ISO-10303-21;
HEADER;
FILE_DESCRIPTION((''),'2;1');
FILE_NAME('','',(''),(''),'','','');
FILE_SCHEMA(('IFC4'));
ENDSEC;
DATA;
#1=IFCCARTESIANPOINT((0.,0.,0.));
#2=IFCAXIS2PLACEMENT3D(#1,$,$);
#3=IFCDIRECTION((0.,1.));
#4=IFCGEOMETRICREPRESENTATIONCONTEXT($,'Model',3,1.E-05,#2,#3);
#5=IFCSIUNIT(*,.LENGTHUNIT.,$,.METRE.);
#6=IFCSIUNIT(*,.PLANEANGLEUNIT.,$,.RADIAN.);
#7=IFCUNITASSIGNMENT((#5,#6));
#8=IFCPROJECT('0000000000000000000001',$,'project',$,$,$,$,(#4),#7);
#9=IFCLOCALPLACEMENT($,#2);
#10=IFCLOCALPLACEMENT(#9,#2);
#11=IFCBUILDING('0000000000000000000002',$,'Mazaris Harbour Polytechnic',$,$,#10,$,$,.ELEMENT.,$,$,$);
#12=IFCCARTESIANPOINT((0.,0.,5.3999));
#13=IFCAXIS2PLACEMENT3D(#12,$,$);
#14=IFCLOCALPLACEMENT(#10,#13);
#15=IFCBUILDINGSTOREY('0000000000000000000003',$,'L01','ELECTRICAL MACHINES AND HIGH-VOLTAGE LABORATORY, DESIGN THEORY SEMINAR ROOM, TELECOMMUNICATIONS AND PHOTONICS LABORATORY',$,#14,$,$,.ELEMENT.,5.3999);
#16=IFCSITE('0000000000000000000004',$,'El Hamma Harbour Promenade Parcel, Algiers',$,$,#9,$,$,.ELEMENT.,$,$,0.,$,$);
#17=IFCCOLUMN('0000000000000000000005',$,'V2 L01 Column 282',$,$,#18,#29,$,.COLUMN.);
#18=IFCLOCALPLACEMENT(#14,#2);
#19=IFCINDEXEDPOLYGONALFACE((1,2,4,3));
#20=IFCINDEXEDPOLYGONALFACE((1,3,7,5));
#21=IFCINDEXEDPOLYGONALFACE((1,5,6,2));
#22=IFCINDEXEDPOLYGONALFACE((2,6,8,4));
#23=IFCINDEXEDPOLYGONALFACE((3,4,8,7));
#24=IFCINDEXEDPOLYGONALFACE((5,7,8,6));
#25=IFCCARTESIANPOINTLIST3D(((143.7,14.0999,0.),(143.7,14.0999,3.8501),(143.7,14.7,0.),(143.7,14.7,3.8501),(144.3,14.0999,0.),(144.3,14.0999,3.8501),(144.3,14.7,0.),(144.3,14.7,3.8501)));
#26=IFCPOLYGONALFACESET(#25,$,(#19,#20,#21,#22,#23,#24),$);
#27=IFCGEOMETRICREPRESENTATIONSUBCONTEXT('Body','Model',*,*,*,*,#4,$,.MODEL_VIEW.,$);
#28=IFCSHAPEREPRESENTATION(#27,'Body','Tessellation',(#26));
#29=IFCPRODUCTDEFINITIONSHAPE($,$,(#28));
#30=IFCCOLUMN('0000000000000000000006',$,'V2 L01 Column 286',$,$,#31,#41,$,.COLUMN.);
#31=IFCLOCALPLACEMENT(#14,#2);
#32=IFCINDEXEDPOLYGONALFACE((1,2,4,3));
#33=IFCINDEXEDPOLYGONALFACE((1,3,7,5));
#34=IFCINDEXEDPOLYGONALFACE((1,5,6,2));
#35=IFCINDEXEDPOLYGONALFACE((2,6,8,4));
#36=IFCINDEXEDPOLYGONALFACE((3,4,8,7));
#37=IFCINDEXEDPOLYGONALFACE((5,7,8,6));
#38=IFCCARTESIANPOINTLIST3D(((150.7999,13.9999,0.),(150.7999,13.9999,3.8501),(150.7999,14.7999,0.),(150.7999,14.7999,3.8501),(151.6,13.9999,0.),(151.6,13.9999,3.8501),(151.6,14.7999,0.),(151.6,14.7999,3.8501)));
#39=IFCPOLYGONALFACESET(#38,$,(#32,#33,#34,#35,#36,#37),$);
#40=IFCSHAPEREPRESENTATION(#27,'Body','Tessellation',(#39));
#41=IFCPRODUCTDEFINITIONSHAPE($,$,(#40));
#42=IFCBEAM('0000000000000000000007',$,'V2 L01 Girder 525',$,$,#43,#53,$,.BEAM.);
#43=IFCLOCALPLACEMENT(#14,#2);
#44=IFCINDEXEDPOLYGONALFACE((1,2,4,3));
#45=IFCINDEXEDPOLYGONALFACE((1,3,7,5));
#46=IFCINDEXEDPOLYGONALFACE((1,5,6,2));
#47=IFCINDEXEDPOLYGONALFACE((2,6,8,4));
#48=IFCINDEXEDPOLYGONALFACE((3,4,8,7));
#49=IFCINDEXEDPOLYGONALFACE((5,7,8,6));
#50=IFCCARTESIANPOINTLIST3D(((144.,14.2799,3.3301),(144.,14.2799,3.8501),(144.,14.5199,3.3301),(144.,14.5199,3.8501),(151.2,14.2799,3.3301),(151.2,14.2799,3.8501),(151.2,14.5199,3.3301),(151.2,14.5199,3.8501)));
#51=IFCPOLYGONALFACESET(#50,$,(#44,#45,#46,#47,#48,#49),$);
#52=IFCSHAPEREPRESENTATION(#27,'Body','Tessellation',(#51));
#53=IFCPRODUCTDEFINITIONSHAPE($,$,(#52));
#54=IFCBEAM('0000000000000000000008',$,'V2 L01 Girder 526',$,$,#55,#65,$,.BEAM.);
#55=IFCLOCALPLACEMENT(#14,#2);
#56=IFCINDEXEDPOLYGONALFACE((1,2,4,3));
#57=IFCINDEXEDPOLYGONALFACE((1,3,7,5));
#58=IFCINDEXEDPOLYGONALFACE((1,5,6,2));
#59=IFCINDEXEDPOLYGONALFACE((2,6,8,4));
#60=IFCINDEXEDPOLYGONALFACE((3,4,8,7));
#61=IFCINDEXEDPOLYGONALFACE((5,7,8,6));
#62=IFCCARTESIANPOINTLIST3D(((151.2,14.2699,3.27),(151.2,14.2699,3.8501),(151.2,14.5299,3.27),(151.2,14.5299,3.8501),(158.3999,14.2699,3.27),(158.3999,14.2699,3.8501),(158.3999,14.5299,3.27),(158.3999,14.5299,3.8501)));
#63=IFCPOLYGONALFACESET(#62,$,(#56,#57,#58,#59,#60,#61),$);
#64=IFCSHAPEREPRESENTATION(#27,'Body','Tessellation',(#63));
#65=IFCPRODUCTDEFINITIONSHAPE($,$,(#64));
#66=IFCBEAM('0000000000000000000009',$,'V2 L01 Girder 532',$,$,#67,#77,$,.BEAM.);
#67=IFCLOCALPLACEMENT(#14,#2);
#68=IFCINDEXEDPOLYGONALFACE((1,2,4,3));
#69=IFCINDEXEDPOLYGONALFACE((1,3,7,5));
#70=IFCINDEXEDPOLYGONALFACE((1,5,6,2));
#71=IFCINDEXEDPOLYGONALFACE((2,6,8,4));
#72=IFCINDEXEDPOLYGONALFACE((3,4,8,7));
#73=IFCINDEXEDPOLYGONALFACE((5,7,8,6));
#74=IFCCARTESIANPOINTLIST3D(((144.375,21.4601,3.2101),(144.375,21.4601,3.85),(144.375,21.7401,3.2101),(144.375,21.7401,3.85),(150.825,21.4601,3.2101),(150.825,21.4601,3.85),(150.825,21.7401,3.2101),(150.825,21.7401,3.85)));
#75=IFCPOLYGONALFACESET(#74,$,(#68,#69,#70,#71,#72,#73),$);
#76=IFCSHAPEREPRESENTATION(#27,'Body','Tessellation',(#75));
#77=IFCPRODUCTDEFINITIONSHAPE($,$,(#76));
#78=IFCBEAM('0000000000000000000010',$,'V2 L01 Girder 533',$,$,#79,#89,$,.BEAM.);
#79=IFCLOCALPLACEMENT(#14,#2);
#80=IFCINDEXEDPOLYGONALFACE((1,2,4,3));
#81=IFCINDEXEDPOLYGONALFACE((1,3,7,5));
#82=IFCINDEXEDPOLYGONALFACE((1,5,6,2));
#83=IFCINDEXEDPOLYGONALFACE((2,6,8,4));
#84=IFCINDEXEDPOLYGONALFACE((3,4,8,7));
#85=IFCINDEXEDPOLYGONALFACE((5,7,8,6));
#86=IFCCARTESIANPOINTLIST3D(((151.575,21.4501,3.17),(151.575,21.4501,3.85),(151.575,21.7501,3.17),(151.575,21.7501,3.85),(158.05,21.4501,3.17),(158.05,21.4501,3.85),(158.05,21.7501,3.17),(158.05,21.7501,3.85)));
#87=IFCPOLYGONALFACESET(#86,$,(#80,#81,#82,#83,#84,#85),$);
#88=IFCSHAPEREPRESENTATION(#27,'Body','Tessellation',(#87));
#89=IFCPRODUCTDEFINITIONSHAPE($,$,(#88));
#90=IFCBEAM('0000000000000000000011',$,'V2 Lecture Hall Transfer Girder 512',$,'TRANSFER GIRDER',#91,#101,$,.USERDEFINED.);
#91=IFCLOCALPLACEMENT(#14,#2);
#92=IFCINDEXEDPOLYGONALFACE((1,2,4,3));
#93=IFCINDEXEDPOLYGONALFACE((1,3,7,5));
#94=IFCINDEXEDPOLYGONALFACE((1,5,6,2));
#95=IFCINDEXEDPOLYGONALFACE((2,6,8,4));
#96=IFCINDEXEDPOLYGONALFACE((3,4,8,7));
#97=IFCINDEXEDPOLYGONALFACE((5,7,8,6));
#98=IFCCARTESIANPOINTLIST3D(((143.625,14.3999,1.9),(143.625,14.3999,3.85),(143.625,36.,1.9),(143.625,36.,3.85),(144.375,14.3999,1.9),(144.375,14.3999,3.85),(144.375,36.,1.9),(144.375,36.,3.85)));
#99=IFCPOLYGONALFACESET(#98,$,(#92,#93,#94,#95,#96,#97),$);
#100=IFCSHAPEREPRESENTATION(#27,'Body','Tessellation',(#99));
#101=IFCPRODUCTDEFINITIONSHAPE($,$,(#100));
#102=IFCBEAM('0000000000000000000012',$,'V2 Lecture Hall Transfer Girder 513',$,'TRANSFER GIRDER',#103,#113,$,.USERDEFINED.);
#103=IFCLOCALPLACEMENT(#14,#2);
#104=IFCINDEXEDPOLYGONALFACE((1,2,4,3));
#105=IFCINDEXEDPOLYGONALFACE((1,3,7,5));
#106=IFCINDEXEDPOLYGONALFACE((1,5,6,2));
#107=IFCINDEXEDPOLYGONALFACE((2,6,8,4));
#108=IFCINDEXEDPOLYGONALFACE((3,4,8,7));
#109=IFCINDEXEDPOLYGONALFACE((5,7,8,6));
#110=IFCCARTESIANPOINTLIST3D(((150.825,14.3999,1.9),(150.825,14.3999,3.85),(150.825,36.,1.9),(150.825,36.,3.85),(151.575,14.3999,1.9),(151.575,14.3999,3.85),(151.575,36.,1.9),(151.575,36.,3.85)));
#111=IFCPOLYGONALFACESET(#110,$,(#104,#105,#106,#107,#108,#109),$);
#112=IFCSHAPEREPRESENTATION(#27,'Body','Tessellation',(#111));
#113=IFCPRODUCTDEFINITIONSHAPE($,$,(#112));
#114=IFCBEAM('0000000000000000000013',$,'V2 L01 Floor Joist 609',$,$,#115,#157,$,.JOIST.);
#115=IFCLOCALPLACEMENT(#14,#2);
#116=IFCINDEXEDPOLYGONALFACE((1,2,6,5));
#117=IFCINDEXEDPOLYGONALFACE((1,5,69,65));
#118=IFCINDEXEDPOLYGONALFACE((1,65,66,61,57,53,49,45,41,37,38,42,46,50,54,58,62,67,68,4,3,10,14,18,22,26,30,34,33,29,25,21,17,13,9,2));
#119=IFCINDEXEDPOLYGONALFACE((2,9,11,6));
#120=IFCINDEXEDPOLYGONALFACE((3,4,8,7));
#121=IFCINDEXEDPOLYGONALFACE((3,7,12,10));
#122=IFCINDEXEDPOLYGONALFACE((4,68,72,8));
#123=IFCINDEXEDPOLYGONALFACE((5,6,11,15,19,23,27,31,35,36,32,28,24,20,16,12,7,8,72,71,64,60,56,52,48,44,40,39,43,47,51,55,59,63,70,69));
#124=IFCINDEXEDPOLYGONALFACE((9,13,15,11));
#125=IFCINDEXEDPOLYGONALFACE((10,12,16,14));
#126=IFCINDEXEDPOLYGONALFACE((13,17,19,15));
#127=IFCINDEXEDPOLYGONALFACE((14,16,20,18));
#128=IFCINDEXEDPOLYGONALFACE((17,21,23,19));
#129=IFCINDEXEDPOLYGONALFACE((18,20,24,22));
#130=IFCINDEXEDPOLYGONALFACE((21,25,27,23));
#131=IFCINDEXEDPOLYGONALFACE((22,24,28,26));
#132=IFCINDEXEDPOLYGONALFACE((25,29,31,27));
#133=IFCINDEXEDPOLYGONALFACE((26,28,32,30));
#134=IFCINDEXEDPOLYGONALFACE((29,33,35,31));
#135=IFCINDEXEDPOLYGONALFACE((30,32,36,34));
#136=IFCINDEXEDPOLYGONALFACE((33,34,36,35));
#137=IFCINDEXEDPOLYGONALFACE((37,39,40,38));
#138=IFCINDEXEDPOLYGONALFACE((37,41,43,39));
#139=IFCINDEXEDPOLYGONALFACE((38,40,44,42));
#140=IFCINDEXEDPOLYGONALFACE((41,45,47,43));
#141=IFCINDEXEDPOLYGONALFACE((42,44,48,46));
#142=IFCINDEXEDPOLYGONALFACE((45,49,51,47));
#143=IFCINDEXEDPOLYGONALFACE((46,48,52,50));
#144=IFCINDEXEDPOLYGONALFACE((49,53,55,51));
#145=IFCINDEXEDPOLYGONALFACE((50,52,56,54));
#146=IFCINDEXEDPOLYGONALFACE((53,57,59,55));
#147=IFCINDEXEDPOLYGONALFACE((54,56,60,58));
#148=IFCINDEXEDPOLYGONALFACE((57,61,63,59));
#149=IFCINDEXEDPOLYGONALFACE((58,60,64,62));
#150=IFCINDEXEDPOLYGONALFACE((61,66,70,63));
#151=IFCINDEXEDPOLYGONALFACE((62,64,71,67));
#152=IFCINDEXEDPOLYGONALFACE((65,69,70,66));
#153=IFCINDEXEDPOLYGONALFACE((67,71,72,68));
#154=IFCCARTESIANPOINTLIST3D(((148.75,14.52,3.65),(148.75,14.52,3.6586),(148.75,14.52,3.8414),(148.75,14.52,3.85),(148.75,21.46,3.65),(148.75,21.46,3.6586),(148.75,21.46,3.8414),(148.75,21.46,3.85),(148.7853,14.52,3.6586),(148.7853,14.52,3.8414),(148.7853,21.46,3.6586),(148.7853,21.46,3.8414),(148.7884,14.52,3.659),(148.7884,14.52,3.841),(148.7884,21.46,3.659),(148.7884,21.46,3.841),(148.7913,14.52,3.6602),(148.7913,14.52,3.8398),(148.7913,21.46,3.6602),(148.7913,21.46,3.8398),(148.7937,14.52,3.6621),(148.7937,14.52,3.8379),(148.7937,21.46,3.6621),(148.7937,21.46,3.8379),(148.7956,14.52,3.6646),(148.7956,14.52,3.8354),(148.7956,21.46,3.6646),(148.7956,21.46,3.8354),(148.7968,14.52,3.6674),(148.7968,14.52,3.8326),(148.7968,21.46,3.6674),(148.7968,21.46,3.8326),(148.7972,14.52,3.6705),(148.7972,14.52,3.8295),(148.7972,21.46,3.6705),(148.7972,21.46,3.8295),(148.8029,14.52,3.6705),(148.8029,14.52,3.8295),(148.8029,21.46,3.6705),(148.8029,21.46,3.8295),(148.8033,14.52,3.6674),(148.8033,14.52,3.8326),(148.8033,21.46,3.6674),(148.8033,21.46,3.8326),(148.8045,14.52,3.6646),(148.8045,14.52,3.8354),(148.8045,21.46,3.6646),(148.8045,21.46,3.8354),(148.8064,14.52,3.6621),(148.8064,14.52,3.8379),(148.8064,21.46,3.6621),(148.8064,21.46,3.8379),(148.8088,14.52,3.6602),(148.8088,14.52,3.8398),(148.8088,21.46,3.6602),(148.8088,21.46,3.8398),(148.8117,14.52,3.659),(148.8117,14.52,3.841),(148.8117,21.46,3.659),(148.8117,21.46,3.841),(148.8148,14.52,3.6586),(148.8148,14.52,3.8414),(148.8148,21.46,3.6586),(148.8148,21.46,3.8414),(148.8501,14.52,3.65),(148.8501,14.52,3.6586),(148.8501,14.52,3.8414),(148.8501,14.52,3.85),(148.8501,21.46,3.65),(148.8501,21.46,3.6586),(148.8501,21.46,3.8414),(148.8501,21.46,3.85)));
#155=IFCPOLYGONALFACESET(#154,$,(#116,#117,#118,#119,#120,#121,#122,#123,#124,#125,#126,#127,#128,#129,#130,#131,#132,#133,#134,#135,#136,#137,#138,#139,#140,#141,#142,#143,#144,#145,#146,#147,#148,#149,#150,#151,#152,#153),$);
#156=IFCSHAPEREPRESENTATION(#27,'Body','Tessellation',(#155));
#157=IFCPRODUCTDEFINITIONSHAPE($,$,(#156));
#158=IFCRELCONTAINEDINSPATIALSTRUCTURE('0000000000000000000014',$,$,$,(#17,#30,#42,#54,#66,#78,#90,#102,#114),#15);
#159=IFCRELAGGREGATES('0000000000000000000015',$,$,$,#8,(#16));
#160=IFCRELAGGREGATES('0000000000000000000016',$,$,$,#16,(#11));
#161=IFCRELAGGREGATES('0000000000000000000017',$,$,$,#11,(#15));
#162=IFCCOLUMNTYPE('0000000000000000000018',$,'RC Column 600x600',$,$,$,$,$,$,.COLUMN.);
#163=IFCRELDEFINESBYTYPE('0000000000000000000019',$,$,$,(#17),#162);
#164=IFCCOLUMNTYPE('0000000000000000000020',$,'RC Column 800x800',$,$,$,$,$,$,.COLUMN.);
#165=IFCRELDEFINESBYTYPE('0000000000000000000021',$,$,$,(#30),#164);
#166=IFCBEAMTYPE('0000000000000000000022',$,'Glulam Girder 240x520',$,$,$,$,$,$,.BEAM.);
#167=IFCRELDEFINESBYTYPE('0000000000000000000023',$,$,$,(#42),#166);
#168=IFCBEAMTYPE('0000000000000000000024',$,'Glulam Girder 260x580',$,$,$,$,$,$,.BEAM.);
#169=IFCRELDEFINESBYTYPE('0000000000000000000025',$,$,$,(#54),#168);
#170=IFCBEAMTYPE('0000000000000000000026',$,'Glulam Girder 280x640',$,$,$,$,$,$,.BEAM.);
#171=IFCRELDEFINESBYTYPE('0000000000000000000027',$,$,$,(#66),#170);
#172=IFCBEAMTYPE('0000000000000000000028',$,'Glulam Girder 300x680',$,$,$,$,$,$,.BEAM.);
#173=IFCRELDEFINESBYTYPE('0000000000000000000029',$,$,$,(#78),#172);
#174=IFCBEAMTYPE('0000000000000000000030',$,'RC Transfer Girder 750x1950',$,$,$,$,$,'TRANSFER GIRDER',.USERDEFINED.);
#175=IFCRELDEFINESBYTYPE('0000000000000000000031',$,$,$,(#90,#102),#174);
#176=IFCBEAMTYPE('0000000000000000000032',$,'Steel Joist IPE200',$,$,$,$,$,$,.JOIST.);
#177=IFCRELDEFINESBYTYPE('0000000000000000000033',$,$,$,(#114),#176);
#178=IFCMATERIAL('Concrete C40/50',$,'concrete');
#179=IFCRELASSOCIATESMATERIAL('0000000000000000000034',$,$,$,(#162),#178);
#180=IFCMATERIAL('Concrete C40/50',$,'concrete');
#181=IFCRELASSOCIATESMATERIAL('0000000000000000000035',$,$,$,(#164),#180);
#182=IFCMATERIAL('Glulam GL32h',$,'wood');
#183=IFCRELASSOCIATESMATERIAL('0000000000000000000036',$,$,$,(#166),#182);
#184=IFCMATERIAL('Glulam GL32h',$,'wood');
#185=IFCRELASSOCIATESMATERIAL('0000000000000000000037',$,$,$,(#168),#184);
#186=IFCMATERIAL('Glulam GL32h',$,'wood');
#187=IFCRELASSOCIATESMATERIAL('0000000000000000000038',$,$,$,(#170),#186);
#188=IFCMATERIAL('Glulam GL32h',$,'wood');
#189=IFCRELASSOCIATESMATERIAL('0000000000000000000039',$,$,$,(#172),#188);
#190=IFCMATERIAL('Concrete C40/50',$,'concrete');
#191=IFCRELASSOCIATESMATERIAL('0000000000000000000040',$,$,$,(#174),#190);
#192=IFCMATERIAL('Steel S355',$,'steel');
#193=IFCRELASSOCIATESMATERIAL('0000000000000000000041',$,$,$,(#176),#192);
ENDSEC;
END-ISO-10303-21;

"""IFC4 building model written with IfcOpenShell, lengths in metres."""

from ifc_helpers import new_model, si_unit, direction, frame, origin, origin_2d, place, context, subcontext, project, spatial, rectangle, i_section, extrude, material, material_profile, profile_set, type_object, element, save


model = new_model("IFC4")

# Units and contexts
model_context = context("Model", 3, precision=1e-05, world=origin(), true_north=direction((0.0, 1.0)))
body_context = subcontext(model_context, "Body", "Model", "MODEL_VIEW")
ifc_project = project(units=[si_unit("LENGTHUNIT", "METRE"), si_unit("PLANEANGLEUNIT", "RADIAN")], contexts=[model_context])

# Site, building, storey
site_placement = place(None, origin())
site = spatial("IfcSite", under=ifc_project, at=site_placement, Name="El Hamma Harbour Promenade Parcel, Algiers", CompositionType="ELEMENT", RefElevation=0.0)
building_placement = place(site_placement, origin())
building = spatial("IfcBuilding", under=site, at=building_placement, Name="Mazaris Harbour Polytechnic", CompositionType="ELEMENT")
storey_placement = place(building_placement, frame((0.0, 0.0, 5.3999)))
storey = spatial("IfcBuildingStorey", under=building, at=storey_placement, Name="L01", Description="ELECTRICAL MACHINES AND HIGH-VOLTAGE LABORATORY, DESIGN THEORY SEMINAR ROOM, TELECOMMUNICATIONS AND PHOTONICS LABORATORY", CompositionType="ELEMENT", Elevation=5.3999)

# Columns
ifc_material_1 = material(Name="Concrete C40/50", Category="concrete")
ifc_material_profile_1 = material_profile(ifc_material_1, rectangle(XDim=0.6001, YDim=0.6001, at=origin_2d()), Name="RECT600x600")
ifc_profile_set_1 = profile_set([ifc_material_profile_1], Name="Concrete C40/50")
column_type_1 = type_object("IfcColumnType", Name="RC Column 600x600", PredefinedType="COLUMN", material=ifc_profile_set_1)
column_1_placement = place(storey_placement, frame((144.0, 14.3999, 0.0), z_axis=(0.0, 0.0, 1.0), x_axis=(1.0, 0.0, 0.0)))
element("IfcColumn", 1, at=column_1_placement, inside=storey, type_object=column_type_1, Name="V2 L01 Column 282", PredefinedType="COLUMN", context=body_context, shape_type="SweptSolid", body=[
    extrude(rectangle(XDim=0.6001, YDim=0.6001, at=origin_2d()), origin(), (0.0, 0.0, 1.0), 3.8501),
])
ifc_material_2 = material(Name="Concrete C40/50", Category="concrete")
ifc_material_profile_2 = material_profile(ifc_material_2, rectangle(XDim=0.8, YDim=0.8, at=origin_2d()), Name="RECT800x800")
ifc_profile_set_2 = profile_set([ifc_material_profile_2], Name="Concrete C40/50")
column_type_2 = type_object("IfcColumnType", Name="RC Column 800x800", PredefinedType="COLUMN", material=ifc_profile_set_2)
column_2_placement = place(storey_placement, frame((151.2, 14.3999, 0.0), z_axis=(0.0, 0.0, 1.0), x_axis=(1.0, 0.0, 0.0)))
element("IfcColumn", 2, at=column_2_placement, inside=storey, type_object=column_type_2, Name="V2 L01 Column 286", PredefinedType="COLUMN", context=body_context, shape_type="SweptSolid", body=[
    extrude(rectangle(XDim=0.8, YDim=0.8, at=origin_2d()), origin(), (0.0, 0.0, 1.0), 3.8501),
])

# Beams
ifc_material_3 = material(Name="Glulam GL32h", Category="wood")
ifc_material_profile_3 = material_profile(ifc_material_3, rectangle(XDim=0.24, YDim=0.52, at=origin_2d()), Name="RECT240x520")
ifc_profile_set_3 = profile_set([ifc_material_profile_3], Name="Glulam GL32h")
beam_type_1 = type_object("IfcBeamType", Name="Glulam Girder 240x520", PredefinedType="BEAM", material=ifc_profile_set_3)
beam_1_placement = place(storey_placement, frame((144.0, 14.3999, 3.5901), z_axis=(1.0, 0.0, 0.0), x_axis=(0.0, 1.0, 0.0)))
element("IfcBeam", 3, at=beam_1_placement, inside=storey, type_object=beam_type_1, Name="V2 L01 Girder 525", PredefinedType="BEAM", context=body_context, shape_type="SweptSolid", body=[
    extrude(rectangle(XDim=0.24, YDim=0.52, at=origin_2d()), origin(), (0.0, 0.0, 1.0), 7.2),
])
ifc_material_4 = material(Name="Glulam GL32h", Category="wood")
ifc_material_profile_4 = material_profile(ifc_material_4, rectangle(XDim=0.26, YDim=0.5801, at=origin_2d()), Name="RECT260x580")
ifc_profile_set_4 = profile_set([ifc_material_profile_4], Name="Glulam GL32h")
beam_type_2 = type_object("IfcBeamType", Name="Glulam Girder 260x580", PredefinedType="BEAM", material=ifc_profile_set_4)
beam_2_placement = place(storey_placement, frame((151.2, 14.3999, 3.5601), z_axis=(1.0, 0.0, 0.0), x_axis=(0.0, 1.0, 0.0)))
element("IfcBeam", 4, at=beam_2_placement, inside=storey, type_object=beam_type_2, Name="V2 L01 Girder 526", PredefinedType="BEAM", context=body_context, shape_type="SweptSolid", body=[
    extrude(rectangle(XDim=0.26, YDim=0.5801, at=origin_2d()), origin(), (0.0, 0.0, 1.0), 7.2),
])
ifc_material_5 = material(Name="Glulam GL32h", Category="wood")
ifc_material_profile_5 = material_profile(ifc_material_5, rectangle(XDim=0.28, YDim=0.6399, at=origin_2d()), Name="RECT280x640")
ifc_profile_set_5 = profile_set([ifc_material_profile_5], Name="Glulam GL32h")
beam_type_3 = type_object("IfcBeamType", Name="Glulam Girder 280x640", PredefinedType="BEAM", material=ifc_profile_set_5)
beam_3_placement = place(storey_placement, frame((144.375, 21.6001, 3.53), z_axis=(1.0, 0.0, 0.0), x_axis=(0.0, 1.0, 0.0)))
element("IfcBeam", 5, at=beam_3_placement, inside=storey, type_object=beam_type_3, Name="V2 L01 Girder 532", PredefinedType="BEAM", context=body_context, shape_type="SweptSolid", body=[
    extrude(rectangle(XDim=0.28, YDim=0.6399, at=origin_2d()), origin(), (0.0, 0.0, 1.0), 6.45),
])
ifc_material_6 = material(Name="Glulam GL32h", Category="wood")
ifc_material_profile_6 = material_profile(ifc_material_6, rectangle(XDim=0.3, YDim=0.6799, at=origin_2d()), Name="RECT300x680")
ifc_profile_set_6 = profile_set([ifc_material_profile_6], Name="Glulam GL32h")
beam_type_4 = type_object("IfcBeamType", Name="Glulam Girder 300x680", PredefinedType="BEAM", material=ifc_profile_set_6)
beam_4_placement = place(storey_placement, frame((151.575, 21.6001, 3.51), z_axis=(1.0, 0.0, 0.0), x_axis=(0.0, 1.0, 0.0)))
element("IfcBeam", 6, at=beam_4_placement, inside=storey, type_object=beam_type_4, Name="V2 L01 Girder 533", PredefinedType="BEAM", context=body_context, shape_type="SweptSolid", body=[
    extrude(rectangle(XDim=0.3, YDim=0.6799, at=origin_2d()), origin(), (0.0, 0.0, 1.0), 6.4751),
])
ifc_material_7 = material(Name="Concrete C40/50", Category="concrete")
ifc_material_profile_7 = material_profile(ifc_material_7, rectangle(XDim=0.75, YDim=1.95, at=origin_2d()), Name="RECT750x1950")
ifc_profile_set_7 = profile_set([ifc_material_profile_7], Name="Concrete C40/50")
beam_type_5 = type_object("IfcBeamType", Name="RC Transfer Girder 750x1950", ElementType="TRANSFER GIRDER", PredefinedType="USERDEFINED", material=ifc_profile_set_7)
for number, where, z_axis, x_axis, name in (
    (7, (144.0, 14.3999, 2.875), (0.0, 1.0, 0.0), (-1.0, 0.0, 0.0), "V2 Lecture Hall Transfer Girder 512"),
    (8, (151.2, 14.3999, 2.875), (0.0, 1.0, 0.0), (-1.0, 0.0, 0.0), "V2 Lecture Hall Transfer Girder 513"),
):
    element("IfcBeam", number, at=place(storey_placement, frame(where, z_axis=z_axis, x_axis=x_axis)), inside=storey, type_object=beam_type_5, Name=name, ObjectType="TRANSFER GIRDER", PredefinedType="USERDEFINED", context=body_context, shape_type="SweptSolid", body=[
        extrude(rectangle(XDim=0.75, YDim=1.95, at=origin_2d()), origin(), (0.0, 0.0, 1.0), 21.6001),
    ])
ifc_material_8 = material(Name="Steel S355", Category="steel")
ifc_material_profile_8 = material_profile(ifc_material_8, i_section(OverallWidth=0.1001, OverallDepth=0.2, WebThickness=0.0056, FlangeThickness=0.0085, FilletRadius=0.012, at=origin_2d()), Name="IPE 200")
ifc_profile_set_8 = profile_set([ifc_material_profile_8], Name="Steel S355")
beam_type_6 = type_object("IfcBeamType", Name="Steel Joist IPE200", PredefinedType="JOIST", material=ifc_profile_set_8)
beam_5_placement = place(storey_placement, frame((148.8, 14.52, 3.75), z_axis=(0.0, 1.0, 0.0), x_axis=(-1.0, 0.0, 0.0)))
element("IfcBeam", 9, at=beam_5_placement, inside=storey, type_object=beam_type_6, Name="V2 L01 Floor Joist 609", PredefinedType="JOIST", context=body_context, shape_type="SweptSolid", body=[
    extrude(i_section(OverallWidth=0.1001, OverallDepth=0.2, WebThickness=0.0056, FlangeThickness=0.0085, FilletRadius=0.012, at=origin_2d()), origin(), (0.0, 0.0, 1.0), 6.9399),
])

save(model, "model.ifc")
